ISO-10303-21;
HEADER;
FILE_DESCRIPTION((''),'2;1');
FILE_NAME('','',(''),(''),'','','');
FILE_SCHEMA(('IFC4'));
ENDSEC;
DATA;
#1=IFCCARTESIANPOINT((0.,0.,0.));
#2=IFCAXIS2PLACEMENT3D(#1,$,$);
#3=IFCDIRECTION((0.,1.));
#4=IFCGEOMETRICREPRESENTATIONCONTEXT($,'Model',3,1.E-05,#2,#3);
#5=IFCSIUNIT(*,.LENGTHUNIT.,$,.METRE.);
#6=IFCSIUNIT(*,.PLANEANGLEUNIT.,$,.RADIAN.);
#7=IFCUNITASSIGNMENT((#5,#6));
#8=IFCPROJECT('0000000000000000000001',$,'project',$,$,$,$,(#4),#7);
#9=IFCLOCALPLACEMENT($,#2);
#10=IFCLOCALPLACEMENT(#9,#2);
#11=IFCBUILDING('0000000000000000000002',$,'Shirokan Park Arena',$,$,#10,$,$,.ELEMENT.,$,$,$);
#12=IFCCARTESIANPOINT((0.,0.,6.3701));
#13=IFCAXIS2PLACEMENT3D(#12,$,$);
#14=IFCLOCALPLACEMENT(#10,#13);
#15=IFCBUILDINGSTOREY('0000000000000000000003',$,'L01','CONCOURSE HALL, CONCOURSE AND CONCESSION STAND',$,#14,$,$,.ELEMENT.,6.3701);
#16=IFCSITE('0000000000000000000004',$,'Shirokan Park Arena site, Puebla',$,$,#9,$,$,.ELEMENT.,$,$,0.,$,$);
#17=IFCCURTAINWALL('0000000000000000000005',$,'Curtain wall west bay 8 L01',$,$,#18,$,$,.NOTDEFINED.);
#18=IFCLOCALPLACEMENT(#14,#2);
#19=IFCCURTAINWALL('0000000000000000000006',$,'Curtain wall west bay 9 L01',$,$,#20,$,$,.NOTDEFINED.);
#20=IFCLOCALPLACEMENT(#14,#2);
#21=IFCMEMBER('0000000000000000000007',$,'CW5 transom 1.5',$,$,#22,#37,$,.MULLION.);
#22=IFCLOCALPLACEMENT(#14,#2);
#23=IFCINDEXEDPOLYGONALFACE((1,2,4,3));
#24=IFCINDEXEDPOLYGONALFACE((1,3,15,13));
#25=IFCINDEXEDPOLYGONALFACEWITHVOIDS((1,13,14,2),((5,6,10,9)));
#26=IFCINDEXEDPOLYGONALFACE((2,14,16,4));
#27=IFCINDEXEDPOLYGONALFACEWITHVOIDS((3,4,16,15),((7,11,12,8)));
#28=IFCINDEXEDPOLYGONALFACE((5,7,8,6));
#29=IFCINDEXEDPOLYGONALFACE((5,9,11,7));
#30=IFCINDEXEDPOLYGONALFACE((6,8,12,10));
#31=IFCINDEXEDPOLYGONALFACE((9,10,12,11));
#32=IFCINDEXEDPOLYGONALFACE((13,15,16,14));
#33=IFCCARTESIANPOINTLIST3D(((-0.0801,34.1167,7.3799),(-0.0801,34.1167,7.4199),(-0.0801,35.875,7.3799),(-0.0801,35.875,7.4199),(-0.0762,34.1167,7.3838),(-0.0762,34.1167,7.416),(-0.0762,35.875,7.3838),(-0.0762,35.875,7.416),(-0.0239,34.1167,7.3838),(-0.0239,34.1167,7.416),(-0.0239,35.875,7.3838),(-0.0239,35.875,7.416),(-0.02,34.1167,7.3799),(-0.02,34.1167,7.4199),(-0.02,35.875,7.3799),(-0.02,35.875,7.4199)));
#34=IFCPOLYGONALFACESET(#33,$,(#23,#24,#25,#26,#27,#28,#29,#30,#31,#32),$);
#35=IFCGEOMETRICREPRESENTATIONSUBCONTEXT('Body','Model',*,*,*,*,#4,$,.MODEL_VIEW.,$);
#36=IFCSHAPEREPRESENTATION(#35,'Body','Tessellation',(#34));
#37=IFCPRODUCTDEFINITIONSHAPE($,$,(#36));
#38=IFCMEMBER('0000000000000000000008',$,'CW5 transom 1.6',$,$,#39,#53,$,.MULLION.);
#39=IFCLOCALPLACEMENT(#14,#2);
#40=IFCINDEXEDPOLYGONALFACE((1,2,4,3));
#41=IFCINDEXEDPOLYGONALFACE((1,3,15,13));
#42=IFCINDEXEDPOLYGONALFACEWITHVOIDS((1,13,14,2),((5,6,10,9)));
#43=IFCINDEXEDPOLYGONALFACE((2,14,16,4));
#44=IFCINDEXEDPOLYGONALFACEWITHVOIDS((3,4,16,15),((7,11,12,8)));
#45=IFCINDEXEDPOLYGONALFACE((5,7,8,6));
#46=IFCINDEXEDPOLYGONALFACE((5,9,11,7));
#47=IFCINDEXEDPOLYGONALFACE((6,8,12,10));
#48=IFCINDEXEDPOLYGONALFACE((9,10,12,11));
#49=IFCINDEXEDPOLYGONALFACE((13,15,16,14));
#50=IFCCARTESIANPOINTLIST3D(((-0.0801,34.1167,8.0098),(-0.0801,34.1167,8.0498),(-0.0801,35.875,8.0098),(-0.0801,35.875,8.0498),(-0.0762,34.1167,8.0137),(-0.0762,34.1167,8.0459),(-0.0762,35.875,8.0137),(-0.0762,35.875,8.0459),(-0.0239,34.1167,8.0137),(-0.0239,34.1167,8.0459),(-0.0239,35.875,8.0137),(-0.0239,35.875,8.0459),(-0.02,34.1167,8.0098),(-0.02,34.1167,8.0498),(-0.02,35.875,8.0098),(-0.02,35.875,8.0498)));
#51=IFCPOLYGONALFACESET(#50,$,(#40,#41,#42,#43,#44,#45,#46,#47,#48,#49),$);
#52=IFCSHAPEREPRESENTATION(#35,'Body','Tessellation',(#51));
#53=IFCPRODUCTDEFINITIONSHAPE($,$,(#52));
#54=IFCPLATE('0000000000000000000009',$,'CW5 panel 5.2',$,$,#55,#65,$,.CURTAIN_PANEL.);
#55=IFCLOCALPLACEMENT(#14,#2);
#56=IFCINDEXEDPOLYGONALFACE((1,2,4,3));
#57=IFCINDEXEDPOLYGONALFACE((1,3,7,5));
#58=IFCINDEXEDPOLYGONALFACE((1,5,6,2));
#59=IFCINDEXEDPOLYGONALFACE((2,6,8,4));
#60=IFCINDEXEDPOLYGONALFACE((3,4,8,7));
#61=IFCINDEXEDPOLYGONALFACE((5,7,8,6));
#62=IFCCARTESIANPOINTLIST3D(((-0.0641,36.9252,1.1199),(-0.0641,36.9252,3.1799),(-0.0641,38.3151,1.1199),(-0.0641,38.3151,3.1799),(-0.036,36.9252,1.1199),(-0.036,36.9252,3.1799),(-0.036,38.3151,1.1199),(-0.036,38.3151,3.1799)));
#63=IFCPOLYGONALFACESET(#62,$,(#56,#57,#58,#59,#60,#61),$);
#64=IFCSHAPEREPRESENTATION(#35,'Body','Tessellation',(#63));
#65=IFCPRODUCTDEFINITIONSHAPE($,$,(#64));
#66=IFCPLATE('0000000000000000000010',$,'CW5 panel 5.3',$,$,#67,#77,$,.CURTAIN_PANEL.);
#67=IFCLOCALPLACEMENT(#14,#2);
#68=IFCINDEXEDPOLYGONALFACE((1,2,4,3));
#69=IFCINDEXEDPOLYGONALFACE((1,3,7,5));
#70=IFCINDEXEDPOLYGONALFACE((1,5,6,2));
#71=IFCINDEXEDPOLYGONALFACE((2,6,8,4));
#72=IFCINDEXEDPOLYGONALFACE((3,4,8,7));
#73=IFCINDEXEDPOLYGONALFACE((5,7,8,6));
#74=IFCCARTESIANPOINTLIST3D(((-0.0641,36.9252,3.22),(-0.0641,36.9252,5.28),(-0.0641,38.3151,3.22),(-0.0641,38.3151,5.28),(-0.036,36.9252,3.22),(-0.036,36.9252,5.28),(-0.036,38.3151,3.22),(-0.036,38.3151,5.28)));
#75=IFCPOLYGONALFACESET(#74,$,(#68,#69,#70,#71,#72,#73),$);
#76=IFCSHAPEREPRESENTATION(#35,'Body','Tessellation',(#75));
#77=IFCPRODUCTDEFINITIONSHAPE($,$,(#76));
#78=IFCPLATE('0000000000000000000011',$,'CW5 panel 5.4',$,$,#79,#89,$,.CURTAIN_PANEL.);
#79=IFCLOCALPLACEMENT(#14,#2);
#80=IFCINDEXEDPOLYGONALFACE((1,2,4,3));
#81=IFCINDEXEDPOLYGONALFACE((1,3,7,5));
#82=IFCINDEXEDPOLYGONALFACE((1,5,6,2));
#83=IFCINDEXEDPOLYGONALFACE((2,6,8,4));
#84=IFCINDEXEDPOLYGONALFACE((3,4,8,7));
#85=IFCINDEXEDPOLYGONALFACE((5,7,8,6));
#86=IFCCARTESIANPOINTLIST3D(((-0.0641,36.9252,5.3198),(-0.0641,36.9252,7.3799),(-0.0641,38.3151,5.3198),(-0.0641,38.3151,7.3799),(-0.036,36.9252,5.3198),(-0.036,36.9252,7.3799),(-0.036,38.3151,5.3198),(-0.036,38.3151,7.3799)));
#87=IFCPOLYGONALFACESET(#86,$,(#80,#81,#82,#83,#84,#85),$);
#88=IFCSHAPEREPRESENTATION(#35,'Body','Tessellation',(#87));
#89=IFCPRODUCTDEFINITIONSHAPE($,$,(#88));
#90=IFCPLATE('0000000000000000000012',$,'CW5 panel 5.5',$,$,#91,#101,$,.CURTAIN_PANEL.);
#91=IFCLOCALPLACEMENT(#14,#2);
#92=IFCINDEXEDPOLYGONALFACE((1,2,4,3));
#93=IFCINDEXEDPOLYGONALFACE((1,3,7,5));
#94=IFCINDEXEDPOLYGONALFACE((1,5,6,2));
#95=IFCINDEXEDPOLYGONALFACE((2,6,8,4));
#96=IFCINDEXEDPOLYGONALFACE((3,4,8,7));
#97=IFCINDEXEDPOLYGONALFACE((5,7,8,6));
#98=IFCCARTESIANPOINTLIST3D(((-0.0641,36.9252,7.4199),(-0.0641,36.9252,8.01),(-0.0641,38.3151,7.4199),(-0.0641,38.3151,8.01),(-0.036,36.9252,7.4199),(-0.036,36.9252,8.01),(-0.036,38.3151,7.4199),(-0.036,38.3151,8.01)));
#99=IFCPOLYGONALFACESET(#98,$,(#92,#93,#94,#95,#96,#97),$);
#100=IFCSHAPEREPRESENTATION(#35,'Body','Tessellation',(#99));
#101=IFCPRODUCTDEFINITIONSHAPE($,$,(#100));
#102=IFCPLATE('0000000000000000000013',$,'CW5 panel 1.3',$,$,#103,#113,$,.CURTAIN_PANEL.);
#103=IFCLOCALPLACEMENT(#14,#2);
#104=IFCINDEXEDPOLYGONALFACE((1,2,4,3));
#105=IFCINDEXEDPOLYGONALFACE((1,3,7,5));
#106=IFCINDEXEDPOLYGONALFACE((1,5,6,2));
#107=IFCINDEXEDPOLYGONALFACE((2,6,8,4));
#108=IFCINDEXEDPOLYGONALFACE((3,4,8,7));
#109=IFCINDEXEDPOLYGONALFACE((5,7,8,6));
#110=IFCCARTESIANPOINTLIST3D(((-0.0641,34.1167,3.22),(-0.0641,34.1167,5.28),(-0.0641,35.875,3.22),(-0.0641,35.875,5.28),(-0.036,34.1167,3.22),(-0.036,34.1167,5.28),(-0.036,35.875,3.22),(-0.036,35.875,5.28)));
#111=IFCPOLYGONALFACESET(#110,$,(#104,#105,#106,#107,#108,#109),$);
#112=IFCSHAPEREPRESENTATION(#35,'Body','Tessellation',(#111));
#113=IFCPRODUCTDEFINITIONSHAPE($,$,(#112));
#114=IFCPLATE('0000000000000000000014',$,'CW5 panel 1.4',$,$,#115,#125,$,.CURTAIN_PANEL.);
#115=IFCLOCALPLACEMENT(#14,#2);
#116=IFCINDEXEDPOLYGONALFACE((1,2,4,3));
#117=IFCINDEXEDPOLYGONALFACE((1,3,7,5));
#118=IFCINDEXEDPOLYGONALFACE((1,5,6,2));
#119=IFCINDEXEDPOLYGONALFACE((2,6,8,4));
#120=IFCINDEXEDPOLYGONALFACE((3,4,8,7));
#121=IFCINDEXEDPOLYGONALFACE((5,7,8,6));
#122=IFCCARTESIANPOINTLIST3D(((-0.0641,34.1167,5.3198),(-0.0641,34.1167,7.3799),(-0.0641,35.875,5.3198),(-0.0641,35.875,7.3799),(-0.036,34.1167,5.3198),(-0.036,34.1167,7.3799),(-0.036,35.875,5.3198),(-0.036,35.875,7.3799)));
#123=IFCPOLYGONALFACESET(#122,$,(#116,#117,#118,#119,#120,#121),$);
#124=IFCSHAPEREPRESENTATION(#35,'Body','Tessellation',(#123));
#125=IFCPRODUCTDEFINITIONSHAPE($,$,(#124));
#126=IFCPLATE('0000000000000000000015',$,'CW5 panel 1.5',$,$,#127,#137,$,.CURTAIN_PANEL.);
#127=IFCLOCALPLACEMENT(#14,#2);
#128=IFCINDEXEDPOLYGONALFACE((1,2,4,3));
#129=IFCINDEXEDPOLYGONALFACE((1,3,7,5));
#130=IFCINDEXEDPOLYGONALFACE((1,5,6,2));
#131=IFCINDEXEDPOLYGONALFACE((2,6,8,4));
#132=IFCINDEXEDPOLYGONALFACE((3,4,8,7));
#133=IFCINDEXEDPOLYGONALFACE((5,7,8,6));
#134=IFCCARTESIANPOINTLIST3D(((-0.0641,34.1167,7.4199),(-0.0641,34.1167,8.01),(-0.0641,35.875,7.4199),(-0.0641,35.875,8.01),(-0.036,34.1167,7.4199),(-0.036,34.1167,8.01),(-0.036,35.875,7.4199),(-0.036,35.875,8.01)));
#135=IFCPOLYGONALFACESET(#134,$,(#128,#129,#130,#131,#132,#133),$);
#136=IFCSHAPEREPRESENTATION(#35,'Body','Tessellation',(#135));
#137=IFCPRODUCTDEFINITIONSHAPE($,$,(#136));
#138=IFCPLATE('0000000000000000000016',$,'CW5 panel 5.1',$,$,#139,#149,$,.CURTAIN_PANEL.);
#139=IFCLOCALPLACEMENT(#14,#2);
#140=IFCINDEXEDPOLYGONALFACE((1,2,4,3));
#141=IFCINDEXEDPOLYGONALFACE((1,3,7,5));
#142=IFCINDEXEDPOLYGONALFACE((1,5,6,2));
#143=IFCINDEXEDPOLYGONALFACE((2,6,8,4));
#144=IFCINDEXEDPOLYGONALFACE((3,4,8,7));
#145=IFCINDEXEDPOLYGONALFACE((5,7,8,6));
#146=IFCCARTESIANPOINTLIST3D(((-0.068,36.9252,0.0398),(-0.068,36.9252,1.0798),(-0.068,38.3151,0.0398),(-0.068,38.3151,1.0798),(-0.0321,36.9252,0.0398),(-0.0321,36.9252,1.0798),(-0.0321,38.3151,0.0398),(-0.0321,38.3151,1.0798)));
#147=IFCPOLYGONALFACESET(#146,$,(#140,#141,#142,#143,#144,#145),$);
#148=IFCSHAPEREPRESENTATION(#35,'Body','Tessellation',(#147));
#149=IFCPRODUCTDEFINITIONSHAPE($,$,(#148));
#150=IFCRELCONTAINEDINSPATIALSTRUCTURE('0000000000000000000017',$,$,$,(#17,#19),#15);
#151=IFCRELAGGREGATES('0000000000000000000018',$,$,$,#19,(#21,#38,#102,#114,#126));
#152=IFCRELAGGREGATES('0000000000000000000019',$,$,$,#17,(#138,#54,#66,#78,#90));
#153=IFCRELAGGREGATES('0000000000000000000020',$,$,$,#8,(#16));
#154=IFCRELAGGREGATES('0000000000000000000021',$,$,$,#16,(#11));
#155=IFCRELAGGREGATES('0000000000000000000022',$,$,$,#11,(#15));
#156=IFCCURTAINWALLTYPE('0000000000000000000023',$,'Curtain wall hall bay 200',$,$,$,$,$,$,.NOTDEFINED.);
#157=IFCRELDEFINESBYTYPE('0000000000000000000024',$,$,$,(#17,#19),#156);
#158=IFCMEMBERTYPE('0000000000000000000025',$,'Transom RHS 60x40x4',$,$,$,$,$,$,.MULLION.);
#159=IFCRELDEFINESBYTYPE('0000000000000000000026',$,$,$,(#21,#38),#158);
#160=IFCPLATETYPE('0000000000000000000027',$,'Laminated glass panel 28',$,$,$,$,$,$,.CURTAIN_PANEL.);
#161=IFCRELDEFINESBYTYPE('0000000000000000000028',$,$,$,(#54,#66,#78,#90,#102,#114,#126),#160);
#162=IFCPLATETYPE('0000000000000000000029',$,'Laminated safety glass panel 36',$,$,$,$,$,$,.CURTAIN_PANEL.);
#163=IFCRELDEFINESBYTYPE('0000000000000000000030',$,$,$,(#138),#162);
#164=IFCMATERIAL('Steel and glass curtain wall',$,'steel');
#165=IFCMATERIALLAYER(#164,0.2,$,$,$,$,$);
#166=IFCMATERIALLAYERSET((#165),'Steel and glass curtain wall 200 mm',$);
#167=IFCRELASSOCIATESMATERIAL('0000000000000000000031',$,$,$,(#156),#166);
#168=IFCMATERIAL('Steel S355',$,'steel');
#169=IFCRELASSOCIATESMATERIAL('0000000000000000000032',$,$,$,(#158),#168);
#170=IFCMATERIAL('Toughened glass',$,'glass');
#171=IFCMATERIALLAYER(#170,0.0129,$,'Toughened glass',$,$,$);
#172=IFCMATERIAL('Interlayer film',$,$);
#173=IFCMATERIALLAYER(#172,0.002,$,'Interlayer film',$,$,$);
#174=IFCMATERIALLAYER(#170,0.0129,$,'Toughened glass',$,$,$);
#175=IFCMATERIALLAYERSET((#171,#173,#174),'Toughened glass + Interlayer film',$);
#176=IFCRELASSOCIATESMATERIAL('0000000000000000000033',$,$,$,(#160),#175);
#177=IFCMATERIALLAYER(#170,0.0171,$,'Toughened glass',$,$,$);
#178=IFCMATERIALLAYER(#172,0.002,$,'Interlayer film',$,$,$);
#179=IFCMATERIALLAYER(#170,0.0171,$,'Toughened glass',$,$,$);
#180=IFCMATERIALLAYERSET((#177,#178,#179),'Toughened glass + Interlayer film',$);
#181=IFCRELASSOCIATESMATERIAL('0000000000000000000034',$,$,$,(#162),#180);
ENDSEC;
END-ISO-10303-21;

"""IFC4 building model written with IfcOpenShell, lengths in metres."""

from ifc_helpers import new_model, si_unit, direction, frame, origin, origin_2d, place, context, subcontext, project, spatial, rectangle, hollow_rectangle, extrude, material, layer, layer_set, material_profile, profile_set, type_object, element, aggregate, save


model = new_model("IFC4")

# Units and contexts
model_context = context("Model", 3, precision=1e-05, world=origin(), true_north=direction((0.0, 1.0)))
body_context = subcontext(model_context, "Body", "Model", "MODEL_VIEW")
ifc_project = project(units=[si_unit("LENGTHUNIT", "METRE"), si_unit("PLANEANGLEUNIT", "RADIAN")], contexts=[model_context])

# Site, building, storey
site_placement = place(None, origin())
site = spatial("IfcSite", under=ifc_project, at=site_placement, Name="Shirokan Park Arena site, Puebla", CompositionType="ELEMENT", RefElevation=0.0)
building_placement = place(site_placement, origin())
building = spatial("IfcBuilding", under=site, at=building_placement, Name="Shirokan Park Arena", CompositionType="ELEMENT")
storey_placement = place(building_placement, frame((0.0, 0.0, 6.3701)))
storey = spatial("IfcBuildingStorey", under=building, at=storey_placement, Name="L01", Description="CONCOURSE HALL, CONCOURSE AND CONCESSION STAND", CompositionType="ELEMENT", Elevation=6.3701)

# Curtain walls
ifc_material_1 = material(Name="Steel and glass curtain wall", Category="steel")
ifc_layer_1 = layer(ifc_material_1, 0.2)
ifc_layer_set_1 = layer_set([ifc_layer_1], Name="Steel and glass curtain wall 200 mm")
curtain_wall_type = type_object("IfcCurtainWallType", Name="Curtain wall hall bay 200", PredefinedType="NOTDEFINED", material=ifc_layer_set_1)
curtain_wall_1_placement = place(storey_placement, origin())
curtain_wall_1 = element("IfcCurtainWall", 1, at=curtain_wall_1_placement, inside=storey, type_object=curtain_wall_type, Name="Curtain wall west bay 8 L01", PredefinedType="NOTDEFINED")
ifc_material_2 = material(Name="Steel S355", Category="steel")
curtain_wall_2_placement = place(storey_placement, origin())
curtain_wall_2 = element("IfcCurtainWall", 2, at=curtain_wall_2_placement, inside=storey, type_object=curtain_wall_type, Name="Curtain wall west bay 9 L01", PredefinedType="NOTDEFINED")

# Members
ifc_material_profile_1 = material_profile(ifc_material_2, hollow_rectangle(XDim=0.0601, YDim=0.04, WallThickness=0.0039, at=origin_2d()), Name="RHS 60x40x4")
ifc_profile_set_1 = profile_set([ifc_material_profile_1], Name="Steel S355")
member_type_1 = type_object("IfcMemberType", Name="Transom RHS 60x40x4", PredefinedType="MULLION", material=ifc_profile_set_1)
member_1_placement = place(storey_placement, frame((-0.05, 35.875, 7.3999), z_axis=(0.0, -1.0, 0.0), x_axis=(1.0, 0.0, 0.0)))
member_1 = element("IfcMember", 3, at=member_1_placement, type_object=member_type_1, Name="CW5 transom 1.5", PredefinedType="MULLION", context=body_context, shape_type="SweptSolid", body=[
    extrude(hollow_rectangle(XDim=0.0601, YDim=0.04, WallThickness=0.0039, at=origin_2d()), origin(), (0.0, 0.0, 1.0), 1.7583),
])
member_2_placement = place(storey_placement, frame((-0.05, 35.875, 8.0298), z_axis=(0.0, -1.0, 0.0), x_axis=(1.0, 0.0, 0.0)))
member_2 = element("IfcMember", 4, at=member_2_placement, type_object=member_type_1, Name="CW5 transom 1.6", PredefinedType="MULLION", context=body_context, shape_type="SweptSolid", body=[
    extrude(hollow_rectangle(XDim=0.0601, YDim=0.04, WallThickness=0.0039, at=origin_2d()), origin(), (0.0, 0.0, 1.0), 1.7583),
])

# Plates
ifc_material_3 = material(Name="Toughened glass", Category="glass")
ifc_layer_2 = layer(ifc_material_3, 0.0129, Name="Toughened glass")
ifc_material_4 = material(Name="Interlayer film")
ifc_layer_3 = layer(ifc_material_4, 0.002, Name="Interlayer film")
ifc_layer_4 = layer(ifc_material_3, 0.0129, Name="Toughened glass")
ifc_layer_set_2 = layer_set([ifc_layer_2, ifc_layer_3, ifc_layer_4], Name="Toughened glass + Interlayer film")
plate_type_1 = type_object("IfcPlateType", Name="Laminated glass panel 28", PredefinedType="CURTAIN_PANEL", material=ifc_layer_set_2)
plate_1_placement = place(storey_placement, frame((-0.05, 37.6201, 1.1199), z_axis=(0.0, 0.0, 1.0), x_axis=(0.0, -1.0, 0.0)))
plate_1 = element("IfcPlate", 5, at=plate_1_placement, type_object=plate_type_1, Name="CW5 panel 5.2", PredefinedType="CURTAIN_PANEL", context=body_context, shape_type="SweptSolid", body=[
    extrude(rectangle(XDim=1.3899, YDim=0.0281, at=origin_2d()), origin(), (0.0, 0.0, 1.0), 2.0601),
])
plate_2_placement = place(storey_placement, frame((-0.05, 37.6201, 3.22), z_axis=(0.0, 0.0, 1.0), x_axis=(0.0, -1.0, 0.0)))
plate_2 = element("IfcPlate", 6, at=plate_2_placement, type_object=plate_type_1, Name="CW5 panel 5.3", PredefinedType="CURTAIN_PANEL", context=body_context, shape_type="SweptSolid", body=[
    extrude(rectangle(XDim=1.3899, YDim=0.0281, at=origin_2d()), origin(), (0.0, 0.0, 1.0), 2.0601),
])
plate_3_placement = place(storey_placement, frame((-0.05, 37.6201, 5.3198), z_axis=(0.0, 0.0, 1.0), x_axis=(0.0, -1.0, 0.0)))
plate_3 = element("IfcPlate", 7, at=plate_3_placement, type_object=plate_type_1, Name="CW5 panel 5.4", PredefinedType="CURTAIN_PANEL", context=body_context, shape_type="SweptSolid", body=[
    extrude(rectangle(XDim=1.3899, YDim=0.0281, at=origin_2d()), origin(), (0.0, 0.0, 1.0), 2.0601),
])
plate_4_placement = place(storey_placement, frame((-0.05, 37.6201, 7.4199), z_axis=(0.0, 0.0, 1.0), x_axis=(0.0, -1.0, 0.0)))
plate_4 = element("IfcPlate", 8, at=plate_4_placement, type_object=plate_type_1, Name="CW5 panel 5.5", PredefinedType="CURTAIN_PANEL", context=body_context, shape_type="SweptSolid", body=[
    extrude(rectangle(XDim=1.3899, YDim=0.0281, at=origin_2d()), origin(), (0.0, 0.0, 1.0), 0.5901),
])
plate_5_placement = place(storey_placement, frame((-0.05, 34.9958, 3.22), z_axis=(0.0, 0.0, 1.0), x_axis=(0.0, -1.0, 0.0)))
plate_5 = element("IfcPlate", 9, at=plate_5_placement, type_object=plate_type_1, Name="CW5 panel 1.3", PredefinedType="CURTAIN_PANEL", context=body_context, shape_type="SweptSolid", body=[
    extrude(rectangle(XDim=1.7583, YDim=0.0281, at=origin_2d()), origin(), (0.0, 0.0, 1.0), 2.0601),
])
plate_6_placement = place(storey_placement, frame((-0.05, 34.9958, 5.3198), z_axis=(0.0, 0.0, 1.0), x_axis=(0.0, -1.0, 0.0)))
plate_6 = element("IfcPlate", 10, at=plate_6_placement, type_object=plate_type_1, Name="CW5 panel 1.4", PredefinedType="CURTAIN_PANEL", context=body_context, shape_type="SweptSolid", body=[
    extrude(rectangle(XDim=1.7583, YDim=0.0281, at=origin_2d()), origin(), (0.0, 0.0, 1.0), 2.0601),
])
plate_7_placement = place(storey_placement, frame((-0.05, 34.9958, 7.4199), z_axis=(0.0, 0.0, 1.0), x_axis=(0.0, -1.0, 0.0)))
plate_7 = element("IfcPlate", 11, at=plate_7_placement, type_object=plate_type_1, Name="CW5 panel 1.5", PredefinedType="CURTAIN_PANEL", context=body_context, shape_type="SweptSolid", body=[
    extrude(rectangle(XDim=1.7583, YDim=0.0281, at=origin_2d()), origin(), (0.0, 0.0, 1.0), 0.5901),
])
aggregate(curtain_wall_2, [member_1, member_2, plate_5, plate_6, plate_7])
ifc_layer_5 = layer(ifc_material_3, 0.0171, Name="Toughened glass")
ifc_layer_6 = layer(ifc_material_4, 0.002, Name="Interlayer film")
ifc_layer_7 = layer(ifc_material_3, 0.0171, Name="Toughened glass")
ifc_layer_set_3 = layer_set([ifc_layer_5, ifc_layer_6, ifc_layer_7], Name="Toughened glass + Interlayer film")
plate_type_2 = type_object("IfcPlateType", Name="Laminated safety glass panel 36", PredefinedType="CURTAIN_PANEL", material=ifc_layer_set_3)
plate_8_placement = place(storey_placement, frame((-0.05, 37.6201, 0.0398), z_axis=(0.0, 0.0, 1.0), x_axis=(0.0, -1.0, 0.0)))
plate_8 = element("IfcPlate", 12, at=plate_8_placement, type_object=plate_type_2, Name="CW5 panel 5.1", PredefinedType="CURTAIN_PANEL", context=body_context, shape_type="SweptSolid", body=[
    extrude(rectangle(XDim=1.3899, YDim=0.0359, at=origin_2d()), origin(), (0.0, 0.0, 1.0), 1.04),
])
aggregate(curtain_wall_1, [plate_8, plate_1, plate_2, plate_3, plate_4])

save(model, "model.ifc")
